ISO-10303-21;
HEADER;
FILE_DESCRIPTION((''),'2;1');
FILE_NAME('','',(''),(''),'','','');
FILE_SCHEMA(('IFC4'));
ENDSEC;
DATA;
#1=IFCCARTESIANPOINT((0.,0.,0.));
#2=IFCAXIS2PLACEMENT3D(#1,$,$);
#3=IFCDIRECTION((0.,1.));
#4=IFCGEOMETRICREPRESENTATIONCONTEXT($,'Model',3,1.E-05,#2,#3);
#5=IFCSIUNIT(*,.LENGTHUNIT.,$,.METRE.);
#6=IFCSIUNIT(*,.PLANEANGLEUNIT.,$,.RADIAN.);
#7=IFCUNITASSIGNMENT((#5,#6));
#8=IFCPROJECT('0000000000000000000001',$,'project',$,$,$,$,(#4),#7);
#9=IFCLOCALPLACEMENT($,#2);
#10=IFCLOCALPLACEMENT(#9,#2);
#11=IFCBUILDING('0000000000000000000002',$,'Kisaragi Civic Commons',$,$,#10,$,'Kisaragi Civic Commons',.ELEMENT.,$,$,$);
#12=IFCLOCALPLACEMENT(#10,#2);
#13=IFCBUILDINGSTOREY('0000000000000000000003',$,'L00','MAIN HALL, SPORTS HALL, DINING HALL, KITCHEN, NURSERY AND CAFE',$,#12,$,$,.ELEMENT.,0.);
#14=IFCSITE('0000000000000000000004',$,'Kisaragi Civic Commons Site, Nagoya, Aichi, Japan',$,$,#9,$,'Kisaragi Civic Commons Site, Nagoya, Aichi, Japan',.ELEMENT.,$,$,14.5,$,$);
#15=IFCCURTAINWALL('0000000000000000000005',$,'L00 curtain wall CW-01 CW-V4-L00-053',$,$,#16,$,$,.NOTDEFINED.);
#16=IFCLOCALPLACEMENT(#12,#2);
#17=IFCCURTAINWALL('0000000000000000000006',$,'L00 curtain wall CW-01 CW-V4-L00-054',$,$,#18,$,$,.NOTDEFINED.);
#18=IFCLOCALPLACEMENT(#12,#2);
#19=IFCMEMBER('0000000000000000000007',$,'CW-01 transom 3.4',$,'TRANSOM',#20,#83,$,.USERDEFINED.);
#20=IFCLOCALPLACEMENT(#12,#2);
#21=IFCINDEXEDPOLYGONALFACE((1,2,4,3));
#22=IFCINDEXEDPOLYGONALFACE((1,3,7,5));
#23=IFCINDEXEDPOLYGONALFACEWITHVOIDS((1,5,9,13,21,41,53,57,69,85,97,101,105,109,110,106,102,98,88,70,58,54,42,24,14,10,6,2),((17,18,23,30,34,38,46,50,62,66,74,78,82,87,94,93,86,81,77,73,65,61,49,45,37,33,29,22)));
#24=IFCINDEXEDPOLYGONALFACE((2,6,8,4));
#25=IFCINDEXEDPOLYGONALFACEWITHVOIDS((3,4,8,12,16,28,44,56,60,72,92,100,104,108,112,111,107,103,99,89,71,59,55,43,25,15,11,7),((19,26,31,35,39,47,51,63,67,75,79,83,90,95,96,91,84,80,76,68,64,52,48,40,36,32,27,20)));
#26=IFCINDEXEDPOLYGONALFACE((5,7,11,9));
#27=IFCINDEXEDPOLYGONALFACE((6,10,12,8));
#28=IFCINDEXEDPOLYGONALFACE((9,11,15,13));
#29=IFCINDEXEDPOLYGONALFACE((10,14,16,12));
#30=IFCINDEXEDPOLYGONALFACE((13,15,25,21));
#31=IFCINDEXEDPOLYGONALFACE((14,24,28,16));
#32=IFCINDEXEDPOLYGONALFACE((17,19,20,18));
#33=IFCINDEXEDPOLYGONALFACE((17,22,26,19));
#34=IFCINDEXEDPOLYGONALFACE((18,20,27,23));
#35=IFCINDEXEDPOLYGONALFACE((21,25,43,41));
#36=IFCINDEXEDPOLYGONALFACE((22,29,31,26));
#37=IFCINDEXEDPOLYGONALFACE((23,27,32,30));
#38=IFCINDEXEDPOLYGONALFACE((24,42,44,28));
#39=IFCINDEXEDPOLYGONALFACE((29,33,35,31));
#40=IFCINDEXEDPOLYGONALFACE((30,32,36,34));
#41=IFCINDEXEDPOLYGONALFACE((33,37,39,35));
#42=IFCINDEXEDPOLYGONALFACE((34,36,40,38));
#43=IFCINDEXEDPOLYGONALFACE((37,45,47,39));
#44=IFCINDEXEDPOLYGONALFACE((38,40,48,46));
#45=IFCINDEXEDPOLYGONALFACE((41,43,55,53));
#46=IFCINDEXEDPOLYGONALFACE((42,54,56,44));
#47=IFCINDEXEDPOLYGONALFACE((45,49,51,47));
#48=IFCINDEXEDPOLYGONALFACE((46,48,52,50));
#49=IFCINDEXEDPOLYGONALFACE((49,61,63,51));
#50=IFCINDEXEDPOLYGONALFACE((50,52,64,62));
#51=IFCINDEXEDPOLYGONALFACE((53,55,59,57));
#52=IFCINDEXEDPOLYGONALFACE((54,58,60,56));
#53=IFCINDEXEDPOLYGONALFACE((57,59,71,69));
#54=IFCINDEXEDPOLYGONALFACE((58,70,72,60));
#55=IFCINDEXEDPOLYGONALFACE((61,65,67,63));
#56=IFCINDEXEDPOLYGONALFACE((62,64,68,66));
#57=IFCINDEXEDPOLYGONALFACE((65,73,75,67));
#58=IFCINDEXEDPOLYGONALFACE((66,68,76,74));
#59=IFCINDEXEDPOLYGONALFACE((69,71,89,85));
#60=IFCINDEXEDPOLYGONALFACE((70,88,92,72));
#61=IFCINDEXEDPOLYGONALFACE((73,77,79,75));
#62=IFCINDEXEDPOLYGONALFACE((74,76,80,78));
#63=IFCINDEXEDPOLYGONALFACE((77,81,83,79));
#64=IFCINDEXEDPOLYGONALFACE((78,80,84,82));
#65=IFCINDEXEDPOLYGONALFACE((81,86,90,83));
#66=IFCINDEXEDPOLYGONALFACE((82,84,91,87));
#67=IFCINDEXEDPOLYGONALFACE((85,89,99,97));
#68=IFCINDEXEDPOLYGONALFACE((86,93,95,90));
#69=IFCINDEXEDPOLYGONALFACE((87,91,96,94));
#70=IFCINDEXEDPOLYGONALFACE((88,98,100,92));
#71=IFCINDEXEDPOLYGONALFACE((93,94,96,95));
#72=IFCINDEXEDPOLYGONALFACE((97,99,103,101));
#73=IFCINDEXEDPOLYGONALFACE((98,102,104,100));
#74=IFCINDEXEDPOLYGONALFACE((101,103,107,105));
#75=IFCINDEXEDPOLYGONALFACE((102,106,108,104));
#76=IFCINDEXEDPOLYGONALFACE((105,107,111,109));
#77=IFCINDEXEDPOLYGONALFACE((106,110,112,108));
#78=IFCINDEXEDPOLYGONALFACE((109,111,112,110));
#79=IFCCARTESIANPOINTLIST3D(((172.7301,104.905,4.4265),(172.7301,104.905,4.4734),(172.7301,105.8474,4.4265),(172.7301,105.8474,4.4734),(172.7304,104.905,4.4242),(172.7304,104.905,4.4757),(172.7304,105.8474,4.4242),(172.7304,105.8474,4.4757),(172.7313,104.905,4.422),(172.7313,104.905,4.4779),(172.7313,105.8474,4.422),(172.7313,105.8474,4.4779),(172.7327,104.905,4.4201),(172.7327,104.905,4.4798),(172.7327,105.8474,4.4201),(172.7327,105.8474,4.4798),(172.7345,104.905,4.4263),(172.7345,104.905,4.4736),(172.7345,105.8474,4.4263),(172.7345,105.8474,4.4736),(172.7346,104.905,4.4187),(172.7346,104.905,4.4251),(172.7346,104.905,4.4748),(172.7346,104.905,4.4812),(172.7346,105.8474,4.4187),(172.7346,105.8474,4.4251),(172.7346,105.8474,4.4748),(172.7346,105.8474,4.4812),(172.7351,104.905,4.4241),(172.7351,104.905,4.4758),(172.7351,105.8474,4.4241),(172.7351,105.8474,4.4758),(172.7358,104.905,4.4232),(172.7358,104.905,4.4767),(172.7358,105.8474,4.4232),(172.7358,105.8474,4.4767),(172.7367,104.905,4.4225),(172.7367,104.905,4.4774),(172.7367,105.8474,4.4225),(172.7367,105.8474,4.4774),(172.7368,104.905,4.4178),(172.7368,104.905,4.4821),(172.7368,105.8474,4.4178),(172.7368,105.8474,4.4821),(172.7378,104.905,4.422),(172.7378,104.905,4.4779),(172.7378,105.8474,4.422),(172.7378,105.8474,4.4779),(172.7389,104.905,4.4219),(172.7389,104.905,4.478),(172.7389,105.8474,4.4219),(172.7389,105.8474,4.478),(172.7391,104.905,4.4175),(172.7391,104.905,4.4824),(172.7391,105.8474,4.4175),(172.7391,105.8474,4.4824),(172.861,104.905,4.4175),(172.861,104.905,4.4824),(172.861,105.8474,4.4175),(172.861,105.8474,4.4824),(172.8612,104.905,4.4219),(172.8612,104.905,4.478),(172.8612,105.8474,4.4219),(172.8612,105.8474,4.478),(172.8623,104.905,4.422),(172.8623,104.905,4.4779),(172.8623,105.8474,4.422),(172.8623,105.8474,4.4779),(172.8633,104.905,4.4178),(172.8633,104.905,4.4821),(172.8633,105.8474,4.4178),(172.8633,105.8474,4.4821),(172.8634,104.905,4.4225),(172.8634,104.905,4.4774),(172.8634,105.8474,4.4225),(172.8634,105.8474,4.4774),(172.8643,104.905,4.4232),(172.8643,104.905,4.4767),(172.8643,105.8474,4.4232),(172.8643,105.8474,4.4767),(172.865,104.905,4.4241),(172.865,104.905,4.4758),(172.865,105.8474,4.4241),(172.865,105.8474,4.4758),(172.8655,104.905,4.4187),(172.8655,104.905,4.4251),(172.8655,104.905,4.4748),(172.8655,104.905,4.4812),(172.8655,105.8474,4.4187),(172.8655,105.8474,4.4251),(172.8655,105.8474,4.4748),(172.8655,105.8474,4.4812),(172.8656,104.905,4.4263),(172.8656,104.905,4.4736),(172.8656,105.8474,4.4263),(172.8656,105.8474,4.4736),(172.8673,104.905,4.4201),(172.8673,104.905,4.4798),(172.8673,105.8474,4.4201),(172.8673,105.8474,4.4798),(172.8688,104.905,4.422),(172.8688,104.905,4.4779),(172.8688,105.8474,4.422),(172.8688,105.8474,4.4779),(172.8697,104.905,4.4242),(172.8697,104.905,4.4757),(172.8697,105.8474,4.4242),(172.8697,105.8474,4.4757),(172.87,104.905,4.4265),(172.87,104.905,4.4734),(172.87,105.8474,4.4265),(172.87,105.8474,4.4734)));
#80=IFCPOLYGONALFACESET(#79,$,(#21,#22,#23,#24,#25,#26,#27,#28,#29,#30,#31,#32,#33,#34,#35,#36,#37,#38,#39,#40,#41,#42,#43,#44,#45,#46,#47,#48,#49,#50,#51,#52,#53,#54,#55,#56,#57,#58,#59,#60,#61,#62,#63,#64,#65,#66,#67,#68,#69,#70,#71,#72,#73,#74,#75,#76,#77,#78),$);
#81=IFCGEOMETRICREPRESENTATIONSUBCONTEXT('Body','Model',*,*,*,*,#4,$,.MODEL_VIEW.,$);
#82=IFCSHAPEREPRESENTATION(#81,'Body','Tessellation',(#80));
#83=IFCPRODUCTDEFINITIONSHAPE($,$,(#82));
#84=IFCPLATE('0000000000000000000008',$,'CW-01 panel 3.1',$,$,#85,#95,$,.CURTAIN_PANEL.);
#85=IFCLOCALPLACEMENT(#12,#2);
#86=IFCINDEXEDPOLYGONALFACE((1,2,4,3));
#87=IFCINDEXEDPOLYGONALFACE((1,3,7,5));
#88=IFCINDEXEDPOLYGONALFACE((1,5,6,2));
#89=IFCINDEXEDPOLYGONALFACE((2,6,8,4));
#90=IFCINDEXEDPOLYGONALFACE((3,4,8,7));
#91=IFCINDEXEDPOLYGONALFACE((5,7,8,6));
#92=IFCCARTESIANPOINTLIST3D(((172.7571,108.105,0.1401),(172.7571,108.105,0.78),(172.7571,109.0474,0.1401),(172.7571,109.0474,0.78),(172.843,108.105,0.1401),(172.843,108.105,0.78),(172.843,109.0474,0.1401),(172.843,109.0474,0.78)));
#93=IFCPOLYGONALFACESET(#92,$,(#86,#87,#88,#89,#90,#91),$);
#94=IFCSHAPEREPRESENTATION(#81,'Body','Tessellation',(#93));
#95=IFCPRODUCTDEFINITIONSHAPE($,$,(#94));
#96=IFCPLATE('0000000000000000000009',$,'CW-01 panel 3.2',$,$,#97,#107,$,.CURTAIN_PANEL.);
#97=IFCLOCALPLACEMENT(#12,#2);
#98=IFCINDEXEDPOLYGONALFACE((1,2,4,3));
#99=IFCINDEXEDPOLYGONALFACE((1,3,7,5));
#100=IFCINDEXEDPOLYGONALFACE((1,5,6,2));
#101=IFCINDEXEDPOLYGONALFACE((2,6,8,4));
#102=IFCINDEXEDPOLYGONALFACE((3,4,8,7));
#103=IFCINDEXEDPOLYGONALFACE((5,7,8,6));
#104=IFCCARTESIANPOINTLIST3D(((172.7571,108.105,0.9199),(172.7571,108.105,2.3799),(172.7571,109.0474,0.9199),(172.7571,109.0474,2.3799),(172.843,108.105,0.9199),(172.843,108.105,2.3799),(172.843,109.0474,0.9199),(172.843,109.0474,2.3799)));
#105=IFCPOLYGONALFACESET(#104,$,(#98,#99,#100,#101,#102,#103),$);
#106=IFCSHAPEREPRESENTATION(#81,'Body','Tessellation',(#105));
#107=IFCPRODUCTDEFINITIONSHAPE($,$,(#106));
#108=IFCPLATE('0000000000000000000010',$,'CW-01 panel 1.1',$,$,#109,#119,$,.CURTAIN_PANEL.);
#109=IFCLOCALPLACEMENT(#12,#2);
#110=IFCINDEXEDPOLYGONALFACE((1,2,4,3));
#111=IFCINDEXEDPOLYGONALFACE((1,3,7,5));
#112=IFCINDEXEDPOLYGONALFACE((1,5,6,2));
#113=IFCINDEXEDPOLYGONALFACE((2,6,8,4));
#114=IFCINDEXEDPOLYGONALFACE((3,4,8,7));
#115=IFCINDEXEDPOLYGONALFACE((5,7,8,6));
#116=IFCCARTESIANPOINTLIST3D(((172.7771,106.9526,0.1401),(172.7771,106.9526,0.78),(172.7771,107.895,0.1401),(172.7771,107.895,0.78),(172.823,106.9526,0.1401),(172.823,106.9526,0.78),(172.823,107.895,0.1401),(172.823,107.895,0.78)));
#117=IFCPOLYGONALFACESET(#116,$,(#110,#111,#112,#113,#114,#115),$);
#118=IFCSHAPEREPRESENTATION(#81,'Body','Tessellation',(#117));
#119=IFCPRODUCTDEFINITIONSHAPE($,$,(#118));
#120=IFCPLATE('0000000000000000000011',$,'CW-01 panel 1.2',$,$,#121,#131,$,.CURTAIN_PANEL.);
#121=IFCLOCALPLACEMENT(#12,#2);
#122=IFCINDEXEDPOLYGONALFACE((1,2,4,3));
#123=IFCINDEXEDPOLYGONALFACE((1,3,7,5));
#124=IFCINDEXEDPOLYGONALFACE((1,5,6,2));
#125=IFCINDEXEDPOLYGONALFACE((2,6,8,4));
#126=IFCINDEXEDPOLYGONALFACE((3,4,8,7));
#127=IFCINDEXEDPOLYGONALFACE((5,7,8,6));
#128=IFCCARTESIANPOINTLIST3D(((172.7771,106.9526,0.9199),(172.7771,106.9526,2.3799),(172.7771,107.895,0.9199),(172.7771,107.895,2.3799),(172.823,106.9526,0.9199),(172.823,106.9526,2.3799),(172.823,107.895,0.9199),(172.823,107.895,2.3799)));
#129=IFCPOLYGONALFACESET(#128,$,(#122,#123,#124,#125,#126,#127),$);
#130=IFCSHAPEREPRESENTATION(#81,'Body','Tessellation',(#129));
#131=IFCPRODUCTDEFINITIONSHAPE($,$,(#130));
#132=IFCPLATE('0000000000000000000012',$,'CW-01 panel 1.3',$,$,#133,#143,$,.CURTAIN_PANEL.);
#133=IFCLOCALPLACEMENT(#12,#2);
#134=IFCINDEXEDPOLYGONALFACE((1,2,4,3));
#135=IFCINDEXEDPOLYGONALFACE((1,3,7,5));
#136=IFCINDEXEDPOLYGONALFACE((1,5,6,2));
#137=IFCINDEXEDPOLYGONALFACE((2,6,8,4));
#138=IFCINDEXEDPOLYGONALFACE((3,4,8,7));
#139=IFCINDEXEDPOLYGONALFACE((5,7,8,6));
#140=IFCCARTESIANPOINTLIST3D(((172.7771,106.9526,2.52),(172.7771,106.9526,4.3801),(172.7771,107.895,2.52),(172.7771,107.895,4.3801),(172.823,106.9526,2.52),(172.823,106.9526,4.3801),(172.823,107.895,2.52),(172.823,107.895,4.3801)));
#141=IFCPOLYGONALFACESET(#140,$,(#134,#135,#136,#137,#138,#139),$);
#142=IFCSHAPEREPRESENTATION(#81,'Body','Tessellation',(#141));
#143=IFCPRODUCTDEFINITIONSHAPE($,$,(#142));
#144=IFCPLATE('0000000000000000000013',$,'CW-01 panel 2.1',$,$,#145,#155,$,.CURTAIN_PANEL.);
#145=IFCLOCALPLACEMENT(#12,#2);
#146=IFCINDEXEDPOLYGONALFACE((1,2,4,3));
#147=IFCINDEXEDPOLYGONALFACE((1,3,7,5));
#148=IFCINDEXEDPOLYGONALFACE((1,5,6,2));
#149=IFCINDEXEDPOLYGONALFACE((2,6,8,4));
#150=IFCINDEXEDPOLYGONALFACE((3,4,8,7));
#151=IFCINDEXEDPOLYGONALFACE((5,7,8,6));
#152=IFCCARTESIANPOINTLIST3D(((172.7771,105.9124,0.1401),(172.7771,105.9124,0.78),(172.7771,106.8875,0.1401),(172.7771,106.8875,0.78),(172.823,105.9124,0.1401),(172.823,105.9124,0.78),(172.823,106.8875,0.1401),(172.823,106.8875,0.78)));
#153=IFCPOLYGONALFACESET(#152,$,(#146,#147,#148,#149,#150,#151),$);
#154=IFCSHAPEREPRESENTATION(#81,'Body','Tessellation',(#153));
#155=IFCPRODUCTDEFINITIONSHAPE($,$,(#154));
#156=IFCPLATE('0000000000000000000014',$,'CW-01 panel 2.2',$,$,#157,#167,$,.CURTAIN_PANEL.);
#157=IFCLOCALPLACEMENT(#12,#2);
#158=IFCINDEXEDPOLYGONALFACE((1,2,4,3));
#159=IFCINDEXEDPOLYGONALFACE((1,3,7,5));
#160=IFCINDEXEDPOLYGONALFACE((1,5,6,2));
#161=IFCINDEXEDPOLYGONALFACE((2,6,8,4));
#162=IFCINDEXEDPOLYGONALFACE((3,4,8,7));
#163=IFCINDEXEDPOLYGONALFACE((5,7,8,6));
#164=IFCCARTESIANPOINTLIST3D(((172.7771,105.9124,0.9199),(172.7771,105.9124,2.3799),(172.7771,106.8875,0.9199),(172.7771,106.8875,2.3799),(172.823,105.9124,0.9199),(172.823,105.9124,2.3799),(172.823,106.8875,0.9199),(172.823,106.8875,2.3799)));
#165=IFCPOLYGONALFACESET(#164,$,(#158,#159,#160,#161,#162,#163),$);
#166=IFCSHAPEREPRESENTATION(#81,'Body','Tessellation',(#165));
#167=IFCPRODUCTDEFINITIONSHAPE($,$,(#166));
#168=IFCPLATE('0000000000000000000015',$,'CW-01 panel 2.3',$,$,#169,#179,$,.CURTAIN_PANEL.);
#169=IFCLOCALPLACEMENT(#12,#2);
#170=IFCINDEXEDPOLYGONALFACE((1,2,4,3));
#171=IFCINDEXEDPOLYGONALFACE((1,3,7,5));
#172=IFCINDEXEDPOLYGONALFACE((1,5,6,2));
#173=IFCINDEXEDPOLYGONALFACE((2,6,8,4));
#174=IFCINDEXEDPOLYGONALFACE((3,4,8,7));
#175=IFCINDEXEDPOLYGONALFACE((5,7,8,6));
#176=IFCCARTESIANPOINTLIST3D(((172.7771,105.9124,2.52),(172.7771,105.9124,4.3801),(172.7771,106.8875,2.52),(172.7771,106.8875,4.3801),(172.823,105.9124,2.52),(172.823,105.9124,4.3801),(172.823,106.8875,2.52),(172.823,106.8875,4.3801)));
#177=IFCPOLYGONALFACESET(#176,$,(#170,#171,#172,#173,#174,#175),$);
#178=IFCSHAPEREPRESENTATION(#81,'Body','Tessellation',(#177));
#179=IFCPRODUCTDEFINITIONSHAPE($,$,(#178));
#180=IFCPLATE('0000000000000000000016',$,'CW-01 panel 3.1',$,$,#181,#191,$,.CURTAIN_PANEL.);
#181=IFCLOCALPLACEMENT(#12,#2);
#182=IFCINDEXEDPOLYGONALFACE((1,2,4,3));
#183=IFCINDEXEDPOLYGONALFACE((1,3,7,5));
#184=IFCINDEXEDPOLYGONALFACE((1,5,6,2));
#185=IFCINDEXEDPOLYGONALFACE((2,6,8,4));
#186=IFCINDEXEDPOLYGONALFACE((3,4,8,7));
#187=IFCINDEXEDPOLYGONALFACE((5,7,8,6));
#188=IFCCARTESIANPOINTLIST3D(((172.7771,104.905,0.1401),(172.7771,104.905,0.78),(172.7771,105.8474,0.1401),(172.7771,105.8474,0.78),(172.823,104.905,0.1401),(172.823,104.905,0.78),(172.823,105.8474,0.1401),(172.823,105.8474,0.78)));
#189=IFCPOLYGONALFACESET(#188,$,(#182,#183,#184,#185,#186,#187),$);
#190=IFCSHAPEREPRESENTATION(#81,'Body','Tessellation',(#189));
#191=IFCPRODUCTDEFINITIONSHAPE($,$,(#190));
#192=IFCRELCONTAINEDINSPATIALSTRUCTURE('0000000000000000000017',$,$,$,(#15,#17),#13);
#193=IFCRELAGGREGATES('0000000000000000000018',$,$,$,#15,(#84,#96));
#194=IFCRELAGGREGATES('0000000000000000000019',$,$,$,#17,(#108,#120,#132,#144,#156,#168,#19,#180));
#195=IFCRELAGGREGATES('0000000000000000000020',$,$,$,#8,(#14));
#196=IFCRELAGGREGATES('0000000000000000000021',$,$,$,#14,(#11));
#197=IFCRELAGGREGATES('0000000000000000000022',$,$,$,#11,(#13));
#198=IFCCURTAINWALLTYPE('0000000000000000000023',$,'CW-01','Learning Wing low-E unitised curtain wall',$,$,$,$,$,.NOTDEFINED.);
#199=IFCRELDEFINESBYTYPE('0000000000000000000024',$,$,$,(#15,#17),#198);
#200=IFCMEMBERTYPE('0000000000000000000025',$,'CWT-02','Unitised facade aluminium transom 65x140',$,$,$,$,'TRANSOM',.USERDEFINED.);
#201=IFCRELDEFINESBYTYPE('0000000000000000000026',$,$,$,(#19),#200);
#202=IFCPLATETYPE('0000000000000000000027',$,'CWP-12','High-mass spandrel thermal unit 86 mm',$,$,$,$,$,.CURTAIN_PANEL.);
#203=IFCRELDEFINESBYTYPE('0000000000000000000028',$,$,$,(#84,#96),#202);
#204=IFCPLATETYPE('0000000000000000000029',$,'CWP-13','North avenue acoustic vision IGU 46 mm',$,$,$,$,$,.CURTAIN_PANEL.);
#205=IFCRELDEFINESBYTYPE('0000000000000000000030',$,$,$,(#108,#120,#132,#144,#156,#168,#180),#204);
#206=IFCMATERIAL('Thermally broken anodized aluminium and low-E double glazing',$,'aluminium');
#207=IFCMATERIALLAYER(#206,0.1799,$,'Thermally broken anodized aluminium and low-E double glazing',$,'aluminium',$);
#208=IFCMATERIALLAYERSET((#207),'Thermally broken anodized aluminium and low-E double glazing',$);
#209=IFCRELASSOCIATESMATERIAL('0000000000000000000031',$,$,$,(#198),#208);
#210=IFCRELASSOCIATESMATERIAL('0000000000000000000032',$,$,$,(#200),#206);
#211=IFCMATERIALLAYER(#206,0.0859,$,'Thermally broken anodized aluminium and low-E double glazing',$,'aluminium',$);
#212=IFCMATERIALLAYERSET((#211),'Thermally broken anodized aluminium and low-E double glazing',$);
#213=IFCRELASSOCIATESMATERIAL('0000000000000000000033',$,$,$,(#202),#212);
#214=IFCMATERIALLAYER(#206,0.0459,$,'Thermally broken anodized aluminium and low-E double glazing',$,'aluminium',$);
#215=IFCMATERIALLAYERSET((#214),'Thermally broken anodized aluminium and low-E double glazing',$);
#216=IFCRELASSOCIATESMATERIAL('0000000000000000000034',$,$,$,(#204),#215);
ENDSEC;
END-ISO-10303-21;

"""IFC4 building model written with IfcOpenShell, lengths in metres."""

from ifc_helpers import new_model, si_unit, direction, frame, origin, origin_2d, place, context, subcontext, project, spatial, rectangle, hollow_rectangle, extrude, material, layer, layer_set, material_profile, profile_set, type_object, element, aggregate, save


model = new_model("IFC4")

# Units and contexts
model_context = context("Model", 3, precision=1e-05, world=origin(), true_north=direction((0.0, 1.0)))
body_context = subcontext(model_context, "Body", "Model", "MODEL_VIEW")
ifc_project = project(units=[si_unit("LENGTHUNIT", "METRE"), si_unit("PLANEANGLEUNIT", "RADIAN")], contexts=[model_context])

# Site, building, storey
site_placement = place(None, origin())
site = spatial("IfcSite", under=ifc_project, at=site_placement, Name="Kisaragi Civic Commons Site, Nagoya, Aichi, Japan", LongName="Kisaragi Civic Commons Site, Nagoya, Aichi, Japan", CompositionType="ELEMENT", RefElevation=14.5)
building_placement = place(site_placement, origin())
building = spatial("IfcBuilding", under=site, at=building_placement, Name="Kisaragi Civic Commons", LongName="Kisaragi Civic Commons", CompositionType="ELEMENT")
storey_placement = place(building_placement, origin())
storey = spatial("IfcBuildingStorey", under=building, at=storey_placement, Name="L00", Description="MAIN HALL, SPORTS HALL, DINING HALL, KITCHEN, NURSERY AND CAFE", CompositionType="ELEMENT", Elevation=0.0)

# Curtain wall
ifc_material_1 = material(Name="Thermally broken anodized aluminium and low-E double glazing", Category="aluminium")
ifc_layer_1 = layer(ifc_material_1, 0.1799, Name="Thermally broken anodized aluminium and low-E double glazing", Category="aluminium")
ifc_layer_set_1 = layer_set([ifc_layer_1], Name="Thermally broken anodized aluminium and low-E double glazing")
curtain_wall_type = type_object("IfcCurtainWallType", Name="CW-01", Description="Learning Wing low-E unitised curtain wall", PredefinedType="NOTDEFINED", material=ifc_layer_set_1)
curtain_wall_1_placement = place(storey_placement, origin())
curtain_wall_1 = element("IfcCurtainWall", 1, at=curtain_wall_1_placement, inside=storey, type_object=curtain_wall_type, Name="L00 curtain wall CW-01 CW-V4-L00-053", PredefinedType="NOTDEFINED")

# Curtain wall, member
curtain_wall_2_placement = place(storey_placement, origin())
curtain_wall_2 = element("IfcCurtainWall", 2, at=curtain_wall_2_placement, inside=storey, type_object=curtain_wall_type, Name="L00 curtain wall CW-01 CW-V4-L00-054", PredefinedType="NOTDEFINED")
ifc_material_profile_1 = material_profile(ifc_material_1, hollow_rectangle(XDim=0.1399, YDim=0.0649, WallThickness=0.0044, InnerFilletRadius=0.0044, OuterFilletRadius=0.009, at=origin_2d()), Name="CWT-65x140x4.5", Category="aluminium")
ifc_profile_set_1 = profile_set([ifc_material_profile_1], Name="Thermally broken anodized aluminium and low-E double glazing")
member_type_1 = type_object("IfcMemberType", Name="CWT-02", Description="Unitised facade aluminium transom 65x140", ElementType="TRANSOM", PredefinedType="USERDEFINED", material=ifc_profile_set_1)
member_1_placement = place(storey_placement, frame((172.8, 105.8474, 4.45), z_axis=(0.0, -1.0, 0.0), x_axis=(1.0, 0.0, 0.0)))
member_1 = element("IfcMember", 3, at=member_1_placement, type_object=member_type_1, Name="CW-01 transom 3.4", ObjectType="TRANSOM", PredefinedType="USERDEFINED", context=body_context, shape_type="SweptSolid", body=[
    extrude(hollow_rectangle(XDim=0.1399, YDim=0.0649, WallThickness=0.0044, InnerFilletRadius=0.0044, OuterFilletRadius=0.009, at=origin_2d()), origin(), (0.0, 0.0, 1.0), 0.9424),
])

# Plates
ifc_layer_2 = layer(ifc_material_1, 0.0859, Name="Thermally broken anodized aluminium and low-E double glazing", Category="aluminium")
ifc_layer_set_2 = layer_set([ifc_layer_2], Name="Thermally broken anodized aluminium and low-E double glazing")
plate_type_1 = type_object("IfcPlateType", Name="CWP-12", Description="High-mass spandrel thermal unit 86 mm", PredefinedType="CURTAIN_PANEL", material=ifc_layer_set_2)
plate_1_placement = place(storey_placement, frame((172.8, 108.5762, 0.1401), z_axis=(0.0, 0.0, 1.0), x_axis=(0.0, -1.0, 0.0)))
plate_1 = element("IfcPlate", 4, at=plate_1_placement, type_object=plate_type_1, Name="CW-01 panel 3.1", PredefinedType="CURTAIN_PANEL", context=body_context, shape_type="SweptSolid", body=[
    extrude(rectangle(XDim=0.9424, YDim=0.0859, at=origin_2d()), origin(), (0.0, 0.0, 1.0), 0.6399),
])
plate_2_placement = place(storey_placement, frame((172.8, 108.5762, 0.9199), z_axis=(0.0, 0.0, 1.0), x_axis=(0.0, -1.0, 0.0)))
plate_2 = element("IfcPlate", 5, at=plate_2_placement, type_object=plate_type_1, Name="CW-01 panel 3.2", PredefinedType="CURTAIN_PANEL", context=body_context, shape_type="SweptSolid", body=[
    extrude(rectangle(XDim=0.9424, YDim=0.0859, at=origin_2d()), origin(), (0.0, 0.0, 1.0), 1.46),
])
aggregate(curtain_wall_1, [plate_1, plate_2])
ifc_layer_3 = layer(ifc_material_1, 0.0459, Name="Thermally broken anodized aluminium and low-E double glazing", Category="aluminium")
ifc_layer_set_3 = layer_set([ifc_layer_3], Name="Thermally broken anodized aluminium and low-E double glazing")
plate_type_2 = type_object("IfcPlateType", Name="CWP-13", Description="North avenue acoustic vision IGU 46 mm", PredefinedType="CURTAIN_PANEL", material=ifc_layer_set_3)
plate_3_placement = place(storey_placement, frame((172.8, 107.4238, 0.1401), z_axis=(0.0, 0.0, 1.0), x_axis=(0.0, -1.0, 0.0)))
plate_3 = element("IfcPlate", 6, at=plate_3_placement, type_object=plate_type_2, Name="CW-01 panel 1.1", PredefinedType="CURTAIN_PANEL", context=body_context, shape_type="SweptSolid", body=[
    extrude(rectangle(XDim=0.9424, YDim=0.0459, at=origin_2d()), origin(), (0.0, 0.0, 1.0), 0.6399),
])
plate_4_placement = place(storey_placement, frame((172.8, 107.4238, 0.9199), z_axis=(0.0, 0.0, 1.0), x_axis=(0.0, -1.0, 0.0)))
plate_4 = element("IfcPlate", 7, at=plate_4_placement, type_object=plate_type_2, Name="CW-01 panel 1.2", PredefinedType="CURTAIN_PANEL", context=body_context, shape_type="SweptSolid", body=[
    extrude(rectangle(XDim=0.9424, YDim=0.0459, at=origin_2d()), origin(), (0.0, 0.0, 1.0), 1.46),
])
plate_5_placement = place(storey_placement, frame((172.8, 107.4238, 2.52), z_axis=(0.0, 0.0, 1.0), x_axis=(0.0, -1.0, 0.0)))
plate_5 = element("IfcPlate", 8, at=plate_5_placement, type_object=plate_type_2, Name="CW-01 panel 1.3", PredefinedType="CURTAIN_PANEL", context=body_context, shape_type="SweptSolid", body=[
    extrude(rectangle(XDim=0.9424, YDim=0.0459, at=origin_2d()), origin(), (0.0, 0.0, 1.0), 1.8601),
])
plate_6_placement = place(storey_placement, frame((172.8, 106.3999, 0.1401), z_axis=(0.0, 0.0, 1.0), x_axis=(0.0, -1.0, 0.0)))
plate_6 = element("IfcPlate", 9, at=plate_6_placement, type_object=plate_type_2, Name="CW-01 panel 2.1", PredefinedType="CURTAIN_PANEL", context=body_context, shape_type="SweptSolid", body=[
    extrude(rectangle(XDim=0.9751, YDim=0.0459, at=origin_2d()), origin(), (0.0, 0.0, 1.0), 0.6399),
])
plate_7_placement = place(storey_placement, frame((172.8, 106.3999, 0.9199), z_axis=(0.0, 0.0, 1.0), x_axis=(0.0, -1.0, 0.0)))
plate_7 = element("IfcPlate", 10, at=plate_7_placement, type_object=plate_type_2, Name="CW-01 panel 2.2", PredefinedType="CURTAIN_PANEL", context=body_context, shape_type="SweptSolid", body=[
    extrude(rectangle(XDim=0.9751, YDim=0.0459, at=origin_2d()), origin(), (0.0, 0.0, 1.0), 1.46),
])
plate_8_placement = place(storey_placement, frame((172.8, 106.3999, 2.52), z_axis=(0.0, 0.0, 1.0), x_axis=(0.0, -1.0, 0.0)))
plate_8 = element("IfcPlate", 11, at=plate_8_placement, type_object=plate_type_2, Name="CW-01 panel 2.3", PredefinedType="CURTAIN_PANEL", context=body_context, shape_type="SweptSolid", body=[
    extrude(rectangle(XDim=0.9751, YDim=0.0459, at=origin_2d()), origin(), (0.0, 0.0, 1.0), 1.8601),
])
plate_9_placement = place(storey_placement, frame((172.8, 105.3762, 0.1401), z_axis=(0.0, 0.0, 1.0), x_axis=(0.0, -1.0, 0.0)))
plate_9 = element("IfcPlate", 12, at=plate_9_placement, type_object=plate_type_2, Name="CW-01 panel 3.1", PredefinedType="CURTAIN_PANEL", context=body_context, shape_type="SweptSolid", body=[
    extrude(rectangle(XDim=0.9424, YDim=0.0459, at=origin_2d()), origin(), (0.0, 0.0, 1.0), 0.6399),
])
aggregate(curtain_wall_2, [plate_3, plate_4, plate_5, plate_6, plate_7, plate_8, member_1, plate_9])

save(model, "model.ifc")
